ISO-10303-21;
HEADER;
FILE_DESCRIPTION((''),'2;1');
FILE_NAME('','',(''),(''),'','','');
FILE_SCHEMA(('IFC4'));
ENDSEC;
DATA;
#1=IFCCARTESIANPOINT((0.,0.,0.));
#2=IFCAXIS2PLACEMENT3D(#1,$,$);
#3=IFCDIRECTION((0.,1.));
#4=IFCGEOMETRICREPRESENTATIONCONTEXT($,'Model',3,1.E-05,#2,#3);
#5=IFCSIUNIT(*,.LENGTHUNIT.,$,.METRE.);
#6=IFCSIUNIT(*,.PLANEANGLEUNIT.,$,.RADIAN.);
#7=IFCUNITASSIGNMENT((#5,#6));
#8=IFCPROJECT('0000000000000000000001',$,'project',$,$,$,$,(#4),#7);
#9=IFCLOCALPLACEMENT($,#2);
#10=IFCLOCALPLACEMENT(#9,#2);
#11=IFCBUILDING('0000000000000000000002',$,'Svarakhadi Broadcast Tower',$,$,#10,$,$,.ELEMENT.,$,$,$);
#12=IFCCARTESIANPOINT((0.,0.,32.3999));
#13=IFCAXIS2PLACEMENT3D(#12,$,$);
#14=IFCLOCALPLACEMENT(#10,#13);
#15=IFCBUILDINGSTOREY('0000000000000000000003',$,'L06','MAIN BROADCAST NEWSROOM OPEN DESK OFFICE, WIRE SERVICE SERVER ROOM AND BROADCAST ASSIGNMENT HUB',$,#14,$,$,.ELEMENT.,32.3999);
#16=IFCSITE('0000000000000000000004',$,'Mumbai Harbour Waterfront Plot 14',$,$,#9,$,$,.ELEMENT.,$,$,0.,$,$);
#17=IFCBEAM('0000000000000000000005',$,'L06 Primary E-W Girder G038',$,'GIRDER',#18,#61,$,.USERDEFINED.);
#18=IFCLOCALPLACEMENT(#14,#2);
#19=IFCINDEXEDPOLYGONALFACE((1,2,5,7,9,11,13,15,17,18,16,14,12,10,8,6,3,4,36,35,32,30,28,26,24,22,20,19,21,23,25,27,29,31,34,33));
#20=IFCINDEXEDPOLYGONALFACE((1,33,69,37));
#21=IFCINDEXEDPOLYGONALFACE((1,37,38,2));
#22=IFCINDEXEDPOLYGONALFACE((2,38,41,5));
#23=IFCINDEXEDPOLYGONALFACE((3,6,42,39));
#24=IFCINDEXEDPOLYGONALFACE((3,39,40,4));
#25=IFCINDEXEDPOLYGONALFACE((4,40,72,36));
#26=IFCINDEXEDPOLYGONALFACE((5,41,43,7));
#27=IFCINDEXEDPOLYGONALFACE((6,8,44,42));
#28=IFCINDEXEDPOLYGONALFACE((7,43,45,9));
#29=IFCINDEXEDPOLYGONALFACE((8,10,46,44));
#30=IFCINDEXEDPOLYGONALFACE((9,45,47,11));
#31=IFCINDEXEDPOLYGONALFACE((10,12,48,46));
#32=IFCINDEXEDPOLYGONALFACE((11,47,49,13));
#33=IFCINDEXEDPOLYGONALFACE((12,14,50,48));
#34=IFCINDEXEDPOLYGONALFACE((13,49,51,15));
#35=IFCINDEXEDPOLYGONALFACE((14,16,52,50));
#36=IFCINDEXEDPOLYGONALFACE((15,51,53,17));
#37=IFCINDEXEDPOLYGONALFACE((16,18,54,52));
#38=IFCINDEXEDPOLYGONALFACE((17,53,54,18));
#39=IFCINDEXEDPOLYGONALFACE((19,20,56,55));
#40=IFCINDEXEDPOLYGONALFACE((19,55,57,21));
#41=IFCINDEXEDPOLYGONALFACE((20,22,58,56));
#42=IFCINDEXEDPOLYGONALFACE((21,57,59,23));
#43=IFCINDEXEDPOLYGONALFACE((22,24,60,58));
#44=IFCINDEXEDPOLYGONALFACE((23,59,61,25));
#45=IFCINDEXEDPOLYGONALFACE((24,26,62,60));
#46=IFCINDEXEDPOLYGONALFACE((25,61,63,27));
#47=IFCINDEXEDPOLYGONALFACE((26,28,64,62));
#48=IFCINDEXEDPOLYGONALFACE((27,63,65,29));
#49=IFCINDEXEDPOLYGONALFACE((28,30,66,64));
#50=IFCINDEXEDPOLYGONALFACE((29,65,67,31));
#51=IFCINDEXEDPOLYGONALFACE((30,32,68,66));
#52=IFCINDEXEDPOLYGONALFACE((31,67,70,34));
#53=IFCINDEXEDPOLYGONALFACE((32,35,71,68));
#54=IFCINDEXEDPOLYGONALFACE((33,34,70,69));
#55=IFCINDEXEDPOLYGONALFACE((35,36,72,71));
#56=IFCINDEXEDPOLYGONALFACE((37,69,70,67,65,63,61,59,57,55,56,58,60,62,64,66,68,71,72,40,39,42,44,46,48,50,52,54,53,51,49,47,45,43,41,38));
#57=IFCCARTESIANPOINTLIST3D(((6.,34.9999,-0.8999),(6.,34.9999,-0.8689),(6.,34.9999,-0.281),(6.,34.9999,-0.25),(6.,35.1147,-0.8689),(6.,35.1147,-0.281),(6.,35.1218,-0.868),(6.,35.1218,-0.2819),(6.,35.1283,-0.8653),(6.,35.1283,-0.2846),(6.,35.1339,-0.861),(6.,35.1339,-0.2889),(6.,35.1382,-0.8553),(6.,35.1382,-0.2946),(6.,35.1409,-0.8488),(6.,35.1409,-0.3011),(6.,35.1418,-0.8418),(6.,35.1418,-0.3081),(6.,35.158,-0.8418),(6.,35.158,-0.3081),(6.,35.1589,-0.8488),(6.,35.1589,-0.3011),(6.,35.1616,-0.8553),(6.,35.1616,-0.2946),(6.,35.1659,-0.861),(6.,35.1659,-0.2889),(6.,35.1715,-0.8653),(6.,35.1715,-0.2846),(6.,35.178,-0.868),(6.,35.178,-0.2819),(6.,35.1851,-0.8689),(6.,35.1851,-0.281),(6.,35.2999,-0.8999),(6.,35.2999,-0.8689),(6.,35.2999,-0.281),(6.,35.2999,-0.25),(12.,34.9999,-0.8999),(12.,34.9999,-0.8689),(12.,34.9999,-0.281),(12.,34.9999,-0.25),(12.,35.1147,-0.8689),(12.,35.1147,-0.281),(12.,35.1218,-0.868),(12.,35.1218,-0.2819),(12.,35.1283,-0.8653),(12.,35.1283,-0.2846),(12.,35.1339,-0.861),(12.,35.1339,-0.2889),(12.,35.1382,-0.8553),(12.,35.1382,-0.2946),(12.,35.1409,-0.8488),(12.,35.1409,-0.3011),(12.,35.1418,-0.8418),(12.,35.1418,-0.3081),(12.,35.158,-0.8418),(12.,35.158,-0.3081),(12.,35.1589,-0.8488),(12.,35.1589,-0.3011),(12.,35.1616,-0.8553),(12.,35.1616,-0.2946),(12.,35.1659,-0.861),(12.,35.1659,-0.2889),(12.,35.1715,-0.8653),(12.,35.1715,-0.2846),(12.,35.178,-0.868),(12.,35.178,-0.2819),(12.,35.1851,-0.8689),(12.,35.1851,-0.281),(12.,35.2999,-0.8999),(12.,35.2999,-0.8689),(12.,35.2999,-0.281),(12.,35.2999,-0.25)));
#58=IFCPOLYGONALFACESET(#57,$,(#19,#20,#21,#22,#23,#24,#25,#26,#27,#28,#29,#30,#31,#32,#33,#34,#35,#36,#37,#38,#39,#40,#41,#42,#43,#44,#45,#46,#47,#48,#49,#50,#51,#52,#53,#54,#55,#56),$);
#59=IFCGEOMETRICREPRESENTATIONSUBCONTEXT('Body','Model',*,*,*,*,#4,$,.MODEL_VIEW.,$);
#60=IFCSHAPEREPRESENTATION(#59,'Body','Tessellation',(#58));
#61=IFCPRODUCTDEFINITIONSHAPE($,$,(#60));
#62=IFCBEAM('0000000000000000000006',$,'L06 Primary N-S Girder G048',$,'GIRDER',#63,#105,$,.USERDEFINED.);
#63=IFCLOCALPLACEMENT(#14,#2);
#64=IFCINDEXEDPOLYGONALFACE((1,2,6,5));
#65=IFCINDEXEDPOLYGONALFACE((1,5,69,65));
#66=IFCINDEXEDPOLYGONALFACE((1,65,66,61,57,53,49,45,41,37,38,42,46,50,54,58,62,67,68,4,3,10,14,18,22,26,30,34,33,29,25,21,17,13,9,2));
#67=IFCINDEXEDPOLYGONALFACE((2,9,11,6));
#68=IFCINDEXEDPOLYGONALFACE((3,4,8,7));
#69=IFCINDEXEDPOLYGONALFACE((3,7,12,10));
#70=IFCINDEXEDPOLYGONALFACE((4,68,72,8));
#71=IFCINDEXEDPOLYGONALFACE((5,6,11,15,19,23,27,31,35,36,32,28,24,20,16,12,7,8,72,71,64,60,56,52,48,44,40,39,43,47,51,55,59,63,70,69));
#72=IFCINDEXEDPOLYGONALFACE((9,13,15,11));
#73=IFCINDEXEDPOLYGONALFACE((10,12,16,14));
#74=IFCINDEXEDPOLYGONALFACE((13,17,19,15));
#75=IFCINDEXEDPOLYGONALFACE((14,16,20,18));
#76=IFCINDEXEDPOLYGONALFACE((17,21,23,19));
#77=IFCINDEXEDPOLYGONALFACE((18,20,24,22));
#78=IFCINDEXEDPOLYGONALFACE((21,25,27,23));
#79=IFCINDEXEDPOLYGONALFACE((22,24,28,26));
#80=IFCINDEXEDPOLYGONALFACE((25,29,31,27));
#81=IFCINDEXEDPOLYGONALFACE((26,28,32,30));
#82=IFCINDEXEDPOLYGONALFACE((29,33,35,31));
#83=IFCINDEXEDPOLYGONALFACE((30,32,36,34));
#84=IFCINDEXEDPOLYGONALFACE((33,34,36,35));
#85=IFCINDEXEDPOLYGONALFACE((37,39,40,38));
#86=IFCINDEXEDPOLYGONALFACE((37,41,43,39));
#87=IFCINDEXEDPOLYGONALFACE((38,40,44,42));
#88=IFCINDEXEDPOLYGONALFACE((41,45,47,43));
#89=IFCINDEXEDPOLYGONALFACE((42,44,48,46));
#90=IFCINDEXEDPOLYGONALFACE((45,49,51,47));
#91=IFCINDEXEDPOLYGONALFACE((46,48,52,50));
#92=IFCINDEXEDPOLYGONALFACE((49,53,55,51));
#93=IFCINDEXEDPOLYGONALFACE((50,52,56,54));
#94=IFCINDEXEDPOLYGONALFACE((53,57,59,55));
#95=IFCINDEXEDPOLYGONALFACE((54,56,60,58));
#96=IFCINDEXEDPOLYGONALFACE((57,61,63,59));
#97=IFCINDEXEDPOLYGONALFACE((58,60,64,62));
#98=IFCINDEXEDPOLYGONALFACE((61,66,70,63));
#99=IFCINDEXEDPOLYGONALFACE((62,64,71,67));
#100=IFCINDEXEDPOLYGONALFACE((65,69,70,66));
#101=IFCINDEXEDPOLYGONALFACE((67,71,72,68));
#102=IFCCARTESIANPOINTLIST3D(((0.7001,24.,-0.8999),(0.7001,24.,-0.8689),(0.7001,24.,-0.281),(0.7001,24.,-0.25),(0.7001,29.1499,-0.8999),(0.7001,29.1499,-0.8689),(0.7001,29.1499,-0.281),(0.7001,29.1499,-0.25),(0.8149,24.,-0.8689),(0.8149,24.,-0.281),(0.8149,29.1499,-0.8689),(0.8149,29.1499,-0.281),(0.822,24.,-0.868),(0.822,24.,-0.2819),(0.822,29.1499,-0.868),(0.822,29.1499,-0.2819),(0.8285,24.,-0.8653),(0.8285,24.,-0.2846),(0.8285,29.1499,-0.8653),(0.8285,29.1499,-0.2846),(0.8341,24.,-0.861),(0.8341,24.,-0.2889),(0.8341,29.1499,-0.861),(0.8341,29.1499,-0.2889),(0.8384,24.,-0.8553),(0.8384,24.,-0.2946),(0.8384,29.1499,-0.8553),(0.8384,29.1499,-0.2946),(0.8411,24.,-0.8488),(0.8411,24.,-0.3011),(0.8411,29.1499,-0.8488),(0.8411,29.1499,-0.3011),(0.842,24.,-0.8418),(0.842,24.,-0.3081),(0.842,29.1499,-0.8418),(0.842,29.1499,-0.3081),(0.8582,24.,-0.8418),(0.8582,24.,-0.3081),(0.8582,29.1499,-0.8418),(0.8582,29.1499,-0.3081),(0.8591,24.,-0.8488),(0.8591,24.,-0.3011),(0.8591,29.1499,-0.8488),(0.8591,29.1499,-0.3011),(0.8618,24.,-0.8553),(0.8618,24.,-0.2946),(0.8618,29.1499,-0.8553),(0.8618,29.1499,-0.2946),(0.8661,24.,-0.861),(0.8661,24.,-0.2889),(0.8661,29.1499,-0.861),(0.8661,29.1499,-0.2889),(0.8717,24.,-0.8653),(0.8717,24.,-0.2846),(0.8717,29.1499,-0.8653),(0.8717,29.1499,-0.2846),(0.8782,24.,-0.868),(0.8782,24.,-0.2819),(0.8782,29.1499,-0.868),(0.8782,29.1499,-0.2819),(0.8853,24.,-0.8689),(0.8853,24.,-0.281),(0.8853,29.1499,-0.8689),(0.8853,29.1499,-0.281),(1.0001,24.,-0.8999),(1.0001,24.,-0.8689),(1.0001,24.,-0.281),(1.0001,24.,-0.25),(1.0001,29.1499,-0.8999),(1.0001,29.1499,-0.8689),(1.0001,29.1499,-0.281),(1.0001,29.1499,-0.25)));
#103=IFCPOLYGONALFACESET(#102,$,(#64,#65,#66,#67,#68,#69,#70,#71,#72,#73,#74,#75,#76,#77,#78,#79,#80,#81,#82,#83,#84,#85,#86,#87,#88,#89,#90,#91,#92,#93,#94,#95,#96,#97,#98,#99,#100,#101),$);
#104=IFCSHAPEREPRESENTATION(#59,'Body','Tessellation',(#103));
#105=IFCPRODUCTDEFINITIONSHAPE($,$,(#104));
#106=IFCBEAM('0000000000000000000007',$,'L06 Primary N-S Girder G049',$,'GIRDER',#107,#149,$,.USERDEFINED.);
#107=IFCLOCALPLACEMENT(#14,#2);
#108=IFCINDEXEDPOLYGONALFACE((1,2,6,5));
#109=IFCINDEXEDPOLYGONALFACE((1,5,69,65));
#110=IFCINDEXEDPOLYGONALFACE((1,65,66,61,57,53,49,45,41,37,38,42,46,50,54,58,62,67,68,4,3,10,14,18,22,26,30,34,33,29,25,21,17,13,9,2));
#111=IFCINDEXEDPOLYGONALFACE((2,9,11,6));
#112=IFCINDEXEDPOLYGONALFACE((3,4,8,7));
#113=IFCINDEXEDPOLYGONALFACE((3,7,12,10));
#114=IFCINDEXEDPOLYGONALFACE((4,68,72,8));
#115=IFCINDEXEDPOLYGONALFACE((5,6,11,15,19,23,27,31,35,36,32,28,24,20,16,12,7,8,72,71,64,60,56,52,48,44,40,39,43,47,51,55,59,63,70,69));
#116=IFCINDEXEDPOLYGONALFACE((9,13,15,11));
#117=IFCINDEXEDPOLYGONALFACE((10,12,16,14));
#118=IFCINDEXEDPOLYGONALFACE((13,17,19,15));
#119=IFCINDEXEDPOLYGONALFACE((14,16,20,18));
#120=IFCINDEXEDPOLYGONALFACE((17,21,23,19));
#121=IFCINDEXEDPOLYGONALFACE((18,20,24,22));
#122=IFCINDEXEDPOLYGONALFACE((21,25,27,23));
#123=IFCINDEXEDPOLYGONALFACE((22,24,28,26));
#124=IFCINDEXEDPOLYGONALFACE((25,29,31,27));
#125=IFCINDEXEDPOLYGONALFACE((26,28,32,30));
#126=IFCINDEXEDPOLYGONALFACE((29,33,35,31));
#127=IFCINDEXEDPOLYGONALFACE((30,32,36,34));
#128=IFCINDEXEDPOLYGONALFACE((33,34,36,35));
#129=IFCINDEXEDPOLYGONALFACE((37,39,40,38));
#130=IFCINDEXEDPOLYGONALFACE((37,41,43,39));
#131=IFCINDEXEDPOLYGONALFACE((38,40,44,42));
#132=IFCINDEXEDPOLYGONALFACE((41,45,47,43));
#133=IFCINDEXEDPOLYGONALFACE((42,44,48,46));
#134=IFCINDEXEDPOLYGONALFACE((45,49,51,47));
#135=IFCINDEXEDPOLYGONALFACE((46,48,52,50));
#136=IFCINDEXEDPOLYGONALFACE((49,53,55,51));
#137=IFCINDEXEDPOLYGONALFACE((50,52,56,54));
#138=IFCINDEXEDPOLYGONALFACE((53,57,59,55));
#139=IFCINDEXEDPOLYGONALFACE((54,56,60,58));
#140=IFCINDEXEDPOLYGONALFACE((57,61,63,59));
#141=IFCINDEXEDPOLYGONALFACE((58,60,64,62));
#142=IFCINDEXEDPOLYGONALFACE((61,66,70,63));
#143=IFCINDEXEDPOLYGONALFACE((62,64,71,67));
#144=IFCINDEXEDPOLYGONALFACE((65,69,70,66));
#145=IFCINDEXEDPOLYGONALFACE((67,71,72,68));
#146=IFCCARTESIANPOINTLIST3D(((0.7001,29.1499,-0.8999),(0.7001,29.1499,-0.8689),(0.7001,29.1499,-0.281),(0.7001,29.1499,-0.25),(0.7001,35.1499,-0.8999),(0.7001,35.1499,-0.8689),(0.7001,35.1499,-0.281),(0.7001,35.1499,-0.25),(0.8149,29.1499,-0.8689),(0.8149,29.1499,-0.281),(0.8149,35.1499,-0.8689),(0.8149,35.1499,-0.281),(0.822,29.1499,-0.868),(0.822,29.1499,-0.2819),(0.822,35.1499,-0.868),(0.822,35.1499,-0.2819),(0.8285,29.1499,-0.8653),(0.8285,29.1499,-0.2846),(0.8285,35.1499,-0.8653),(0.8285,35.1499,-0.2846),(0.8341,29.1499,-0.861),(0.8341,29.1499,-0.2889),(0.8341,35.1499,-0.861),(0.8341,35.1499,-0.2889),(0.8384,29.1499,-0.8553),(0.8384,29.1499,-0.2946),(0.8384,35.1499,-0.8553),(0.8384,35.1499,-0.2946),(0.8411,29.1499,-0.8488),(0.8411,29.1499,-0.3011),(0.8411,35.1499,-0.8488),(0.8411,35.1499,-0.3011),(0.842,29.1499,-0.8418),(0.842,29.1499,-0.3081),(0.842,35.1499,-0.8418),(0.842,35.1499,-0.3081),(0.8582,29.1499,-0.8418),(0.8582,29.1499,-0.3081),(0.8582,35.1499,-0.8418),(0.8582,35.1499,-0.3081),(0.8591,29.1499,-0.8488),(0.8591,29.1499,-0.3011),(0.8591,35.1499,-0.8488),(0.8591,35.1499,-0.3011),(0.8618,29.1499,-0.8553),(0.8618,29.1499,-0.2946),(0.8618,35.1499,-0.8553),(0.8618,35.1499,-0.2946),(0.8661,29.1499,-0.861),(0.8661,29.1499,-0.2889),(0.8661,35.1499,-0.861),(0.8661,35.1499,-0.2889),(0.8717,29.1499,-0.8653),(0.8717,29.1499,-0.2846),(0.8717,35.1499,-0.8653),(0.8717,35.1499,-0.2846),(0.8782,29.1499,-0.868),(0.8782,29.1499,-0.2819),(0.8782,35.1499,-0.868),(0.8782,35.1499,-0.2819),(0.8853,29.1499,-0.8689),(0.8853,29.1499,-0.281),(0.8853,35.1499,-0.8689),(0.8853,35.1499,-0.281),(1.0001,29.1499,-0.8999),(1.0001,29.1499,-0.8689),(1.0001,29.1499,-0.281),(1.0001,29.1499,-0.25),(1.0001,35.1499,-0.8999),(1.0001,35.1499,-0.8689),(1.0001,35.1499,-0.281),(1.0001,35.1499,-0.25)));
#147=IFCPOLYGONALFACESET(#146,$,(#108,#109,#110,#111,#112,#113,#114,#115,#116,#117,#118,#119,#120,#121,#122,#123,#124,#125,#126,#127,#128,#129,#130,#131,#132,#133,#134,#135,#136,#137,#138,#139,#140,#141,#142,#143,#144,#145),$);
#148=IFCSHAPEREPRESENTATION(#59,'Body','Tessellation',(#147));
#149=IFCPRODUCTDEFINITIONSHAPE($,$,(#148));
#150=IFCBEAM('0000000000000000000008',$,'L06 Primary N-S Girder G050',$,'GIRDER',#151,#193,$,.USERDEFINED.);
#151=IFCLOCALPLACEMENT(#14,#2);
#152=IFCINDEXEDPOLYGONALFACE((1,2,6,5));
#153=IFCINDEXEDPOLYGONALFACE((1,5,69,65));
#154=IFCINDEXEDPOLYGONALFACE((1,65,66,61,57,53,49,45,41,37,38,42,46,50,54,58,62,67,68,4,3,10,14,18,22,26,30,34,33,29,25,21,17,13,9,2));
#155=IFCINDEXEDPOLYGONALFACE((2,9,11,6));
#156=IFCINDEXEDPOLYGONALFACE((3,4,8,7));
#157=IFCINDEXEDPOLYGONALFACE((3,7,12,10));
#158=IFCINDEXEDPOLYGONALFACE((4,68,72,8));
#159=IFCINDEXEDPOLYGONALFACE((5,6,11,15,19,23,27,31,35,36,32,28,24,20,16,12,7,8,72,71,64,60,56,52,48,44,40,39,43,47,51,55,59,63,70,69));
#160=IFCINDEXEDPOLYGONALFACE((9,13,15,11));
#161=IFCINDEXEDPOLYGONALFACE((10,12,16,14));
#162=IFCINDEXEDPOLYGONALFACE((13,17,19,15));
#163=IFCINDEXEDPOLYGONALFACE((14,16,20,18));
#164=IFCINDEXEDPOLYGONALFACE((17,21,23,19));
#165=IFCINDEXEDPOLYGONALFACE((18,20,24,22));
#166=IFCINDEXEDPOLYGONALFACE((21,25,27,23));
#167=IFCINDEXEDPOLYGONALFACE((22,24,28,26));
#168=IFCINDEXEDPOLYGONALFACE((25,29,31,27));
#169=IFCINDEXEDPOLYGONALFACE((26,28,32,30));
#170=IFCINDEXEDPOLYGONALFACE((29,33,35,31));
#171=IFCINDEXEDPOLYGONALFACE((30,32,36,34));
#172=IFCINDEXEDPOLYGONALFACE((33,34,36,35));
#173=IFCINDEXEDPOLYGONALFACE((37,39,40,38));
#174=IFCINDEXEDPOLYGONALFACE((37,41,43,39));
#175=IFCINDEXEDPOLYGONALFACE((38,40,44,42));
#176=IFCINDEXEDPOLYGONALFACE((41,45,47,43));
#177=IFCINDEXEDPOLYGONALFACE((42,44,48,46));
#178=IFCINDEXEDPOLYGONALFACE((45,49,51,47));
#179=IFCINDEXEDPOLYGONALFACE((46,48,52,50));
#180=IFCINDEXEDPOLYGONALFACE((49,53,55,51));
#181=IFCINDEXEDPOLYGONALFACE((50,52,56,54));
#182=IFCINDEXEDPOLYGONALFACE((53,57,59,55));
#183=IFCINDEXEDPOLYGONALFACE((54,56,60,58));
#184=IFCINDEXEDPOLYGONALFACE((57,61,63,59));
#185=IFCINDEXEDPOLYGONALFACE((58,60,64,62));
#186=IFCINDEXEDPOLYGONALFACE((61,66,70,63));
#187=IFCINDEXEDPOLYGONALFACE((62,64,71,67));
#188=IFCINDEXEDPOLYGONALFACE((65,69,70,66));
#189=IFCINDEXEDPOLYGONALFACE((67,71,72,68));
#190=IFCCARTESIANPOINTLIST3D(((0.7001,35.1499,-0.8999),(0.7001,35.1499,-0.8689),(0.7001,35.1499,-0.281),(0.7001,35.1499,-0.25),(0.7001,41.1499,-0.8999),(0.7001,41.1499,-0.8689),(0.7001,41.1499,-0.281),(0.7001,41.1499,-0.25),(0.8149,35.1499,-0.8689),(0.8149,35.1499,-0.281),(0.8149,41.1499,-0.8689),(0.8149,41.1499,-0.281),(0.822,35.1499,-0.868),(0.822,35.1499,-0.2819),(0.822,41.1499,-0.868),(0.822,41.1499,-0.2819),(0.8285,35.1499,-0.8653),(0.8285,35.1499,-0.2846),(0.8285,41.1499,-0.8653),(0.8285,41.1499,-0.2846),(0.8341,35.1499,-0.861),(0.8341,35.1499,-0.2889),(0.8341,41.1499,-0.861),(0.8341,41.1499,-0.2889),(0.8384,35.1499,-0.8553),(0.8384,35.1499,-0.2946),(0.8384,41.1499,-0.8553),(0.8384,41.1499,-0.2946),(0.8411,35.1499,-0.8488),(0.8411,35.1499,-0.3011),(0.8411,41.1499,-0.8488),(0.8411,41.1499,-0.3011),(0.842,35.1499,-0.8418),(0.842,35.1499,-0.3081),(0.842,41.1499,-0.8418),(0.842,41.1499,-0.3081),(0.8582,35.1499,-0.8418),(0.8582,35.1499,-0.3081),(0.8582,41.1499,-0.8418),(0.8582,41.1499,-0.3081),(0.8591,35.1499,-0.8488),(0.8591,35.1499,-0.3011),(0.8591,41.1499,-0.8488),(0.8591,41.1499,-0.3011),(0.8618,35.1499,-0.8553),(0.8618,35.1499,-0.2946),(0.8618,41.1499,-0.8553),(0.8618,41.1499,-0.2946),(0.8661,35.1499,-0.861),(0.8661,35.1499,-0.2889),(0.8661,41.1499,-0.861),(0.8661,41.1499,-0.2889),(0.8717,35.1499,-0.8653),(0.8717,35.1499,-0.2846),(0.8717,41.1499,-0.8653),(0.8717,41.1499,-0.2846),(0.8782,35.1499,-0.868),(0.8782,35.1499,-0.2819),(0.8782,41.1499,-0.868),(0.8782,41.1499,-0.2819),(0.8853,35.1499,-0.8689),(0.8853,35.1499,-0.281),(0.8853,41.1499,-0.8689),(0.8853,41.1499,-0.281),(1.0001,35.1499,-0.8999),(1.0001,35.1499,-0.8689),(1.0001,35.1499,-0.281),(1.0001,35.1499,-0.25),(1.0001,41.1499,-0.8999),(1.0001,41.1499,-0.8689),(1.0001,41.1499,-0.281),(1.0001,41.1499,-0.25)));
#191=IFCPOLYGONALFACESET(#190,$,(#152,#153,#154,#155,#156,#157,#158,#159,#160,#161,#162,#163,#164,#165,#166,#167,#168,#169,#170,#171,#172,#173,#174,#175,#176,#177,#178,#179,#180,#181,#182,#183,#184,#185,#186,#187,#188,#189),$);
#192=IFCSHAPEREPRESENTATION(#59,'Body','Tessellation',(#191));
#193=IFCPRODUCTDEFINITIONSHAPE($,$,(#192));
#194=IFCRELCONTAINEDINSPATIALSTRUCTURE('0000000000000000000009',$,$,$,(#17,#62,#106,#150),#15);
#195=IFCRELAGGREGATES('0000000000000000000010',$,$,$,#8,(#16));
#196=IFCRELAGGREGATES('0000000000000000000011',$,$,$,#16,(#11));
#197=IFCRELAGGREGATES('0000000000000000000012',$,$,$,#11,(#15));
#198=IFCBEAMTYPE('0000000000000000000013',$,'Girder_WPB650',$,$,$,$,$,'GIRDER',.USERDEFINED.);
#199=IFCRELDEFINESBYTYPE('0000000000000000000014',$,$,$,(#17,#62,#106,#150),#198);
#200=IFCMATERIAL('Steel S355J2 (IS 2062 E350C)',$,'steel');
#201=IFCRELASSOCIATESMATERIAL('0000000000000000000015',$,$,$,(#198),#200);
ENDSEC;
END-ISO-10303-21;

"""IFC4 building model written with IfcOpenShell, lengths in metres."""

from ifc_helpers import new_model, si_unit, direction, frame, origin, origin_2d, place, context, subcontext, project, spatial, i_section, extrude, material, material_profile, profile_set, type_object, element, save


model = new_model("IFC4")

# Units and contexts
model_context = context("Model", 3, precision=1e-05, world=origin(), true_north=direction((0.0, 1.0)))
body_context = subcontext(model_context, "Body", "Model", "MODEL_VIEW")
ifc_project = project(units=[si_unit("LENGTHUNIT", "METRE"), si_unit("PLANEANGLEUNIT", "RADIAN")], contexts=[model_context])

# Site, building, storey
site_placement = place(None, origin())
site = spatial("IfcSite", under=ifc_project, at=site_placement, Name="Mumbai Harbour Waterfront Plot 14", CompositionType="ELEMENT", RefElevation=0.0)
building_placement = place(site_placement, origin())
building = spatial("IfcBuilding", under=site, at=building_placement, Name="Svarakhadi Broadcast Tower", CompositionType="ELEMENT")
storey_placement = place(building_placement, frame((0.0, 0.0, 32.3999)))
storey = spatial("IfcBuildingStorey", under=building, at=storey_placement, Name="L06", Description="MAIN BROADCAST NEWSROOM OPEN DESK OFFICE, WIRE SERVICE SERVER ROOM AND BROADCAST ASSIGNMENT HUB", CompositionType="ELEMENT", Elevation=32.3999)

# Shared definitions
ifc_material_1 = material(Name="Steel S355J2 (IS 2062 E350C)", Category="steel")

# Beams
ifc_material_profile_1 = material_profile(ifc_material_1, i_section(OverallWidth=0.3, OverallDepth=0.6499, WebThickness=0.0161, FlangeThickness=0.031, FilletRadius=0.0271, at=origin_2d()), Name="WPB 650x300x225")
ifc_profile_set_1 = profile_set([ifc_material_profile_1], Name="Steel S355J2 (IS 2062 E350C)")
beam_type_1 = type_object("IfcBeamType", Name="Girder_WPB650", ElementType="GIRDER", PredefinedType="USERDEFINED", material=ifc_profile_set_1)
beam_1_placement = place(storey_placement, frame((6.0, 35.1499, -0.575), z_axis=(1.0, 0.0, 0.0), x_axis=(0.0, 1.0, 0.0)))
element("IfcBeam", 1, at=beam_1_placement, inside=storey, type_object=beam_type_1, Name="L06 Primary E-W Girder G038", ObjectType="GIRDER", PredefinedType="USERDEFINED", context=body_context, shape_type="SweptSolid", body=[
    extrude(i_section(OverallWidth=0.3, OverallDepth=0.6499, WebThickness=0.0161, FlangeThickness=0.031, FilletRadius=0.0271, at=origin_2d()), origin(), (0.0, 0.0, 1.0), 6.0),
])
beam_2_placement = place(storey_placement, frame((0.8501, 24.0, -0.575), z_axis=(0.0, 1.0, 0.0), x_axis=(-1.0, 0.0, 0.0)))
element("IfcBeam", 2, at=beam_2_placement, inside=storey, type_object=beam_type_1, Name="L06 Primary N-S Girder G048", ObjectType="GIRDER", PredefinedType="USERDEFINED", context=body_context, shape_type="SweptSolid", body=[
    extrude(i_section(OverallWidth=0.3, OverallDepth=0.6499, WebThickness=0.0161, FlangeThickness=0.031, FilletRadius=0.0271, at=origin_2d()), origin(), (0.0, 0.0, 1.0), 5.1499),
])
for number, where, z_axis, x_axis, name in (
    (3, (0.8501, 29.1499, -0.575), (0.0, 1.0, 0.0), (-1.0, 0.0, 0.0), "L06 Primary N-S Girder G049"),
    (4, (0.8501, 35.1499, -0.575), (0.0, 1.0, 0.0), (-1.0, 0.0, 0.0), "L06 Primary N-S Girder G050"),
):
    element("IfcBeam", number, at=place(storey_placement, frame(where, z_axis=z_axis, x_axis=x_axis)), inside=storey, type_object=beam_type_1, Name=name, ObjectType="GIRDER", PredefinedType="USERDEFINED", context=body_context, shape_type="SweptSolid", body=[
        extrude(i_section(OverallWidth=0.3, OverallDepth=0.6499, WebThickness=0.0161, FlangeThickness=0.031, FilletRadius=0.0271, at=origin_2d()), origin(), (0.0, 0.0, 1.0), 6.0),
    ])

save(model, "model.ifc")
